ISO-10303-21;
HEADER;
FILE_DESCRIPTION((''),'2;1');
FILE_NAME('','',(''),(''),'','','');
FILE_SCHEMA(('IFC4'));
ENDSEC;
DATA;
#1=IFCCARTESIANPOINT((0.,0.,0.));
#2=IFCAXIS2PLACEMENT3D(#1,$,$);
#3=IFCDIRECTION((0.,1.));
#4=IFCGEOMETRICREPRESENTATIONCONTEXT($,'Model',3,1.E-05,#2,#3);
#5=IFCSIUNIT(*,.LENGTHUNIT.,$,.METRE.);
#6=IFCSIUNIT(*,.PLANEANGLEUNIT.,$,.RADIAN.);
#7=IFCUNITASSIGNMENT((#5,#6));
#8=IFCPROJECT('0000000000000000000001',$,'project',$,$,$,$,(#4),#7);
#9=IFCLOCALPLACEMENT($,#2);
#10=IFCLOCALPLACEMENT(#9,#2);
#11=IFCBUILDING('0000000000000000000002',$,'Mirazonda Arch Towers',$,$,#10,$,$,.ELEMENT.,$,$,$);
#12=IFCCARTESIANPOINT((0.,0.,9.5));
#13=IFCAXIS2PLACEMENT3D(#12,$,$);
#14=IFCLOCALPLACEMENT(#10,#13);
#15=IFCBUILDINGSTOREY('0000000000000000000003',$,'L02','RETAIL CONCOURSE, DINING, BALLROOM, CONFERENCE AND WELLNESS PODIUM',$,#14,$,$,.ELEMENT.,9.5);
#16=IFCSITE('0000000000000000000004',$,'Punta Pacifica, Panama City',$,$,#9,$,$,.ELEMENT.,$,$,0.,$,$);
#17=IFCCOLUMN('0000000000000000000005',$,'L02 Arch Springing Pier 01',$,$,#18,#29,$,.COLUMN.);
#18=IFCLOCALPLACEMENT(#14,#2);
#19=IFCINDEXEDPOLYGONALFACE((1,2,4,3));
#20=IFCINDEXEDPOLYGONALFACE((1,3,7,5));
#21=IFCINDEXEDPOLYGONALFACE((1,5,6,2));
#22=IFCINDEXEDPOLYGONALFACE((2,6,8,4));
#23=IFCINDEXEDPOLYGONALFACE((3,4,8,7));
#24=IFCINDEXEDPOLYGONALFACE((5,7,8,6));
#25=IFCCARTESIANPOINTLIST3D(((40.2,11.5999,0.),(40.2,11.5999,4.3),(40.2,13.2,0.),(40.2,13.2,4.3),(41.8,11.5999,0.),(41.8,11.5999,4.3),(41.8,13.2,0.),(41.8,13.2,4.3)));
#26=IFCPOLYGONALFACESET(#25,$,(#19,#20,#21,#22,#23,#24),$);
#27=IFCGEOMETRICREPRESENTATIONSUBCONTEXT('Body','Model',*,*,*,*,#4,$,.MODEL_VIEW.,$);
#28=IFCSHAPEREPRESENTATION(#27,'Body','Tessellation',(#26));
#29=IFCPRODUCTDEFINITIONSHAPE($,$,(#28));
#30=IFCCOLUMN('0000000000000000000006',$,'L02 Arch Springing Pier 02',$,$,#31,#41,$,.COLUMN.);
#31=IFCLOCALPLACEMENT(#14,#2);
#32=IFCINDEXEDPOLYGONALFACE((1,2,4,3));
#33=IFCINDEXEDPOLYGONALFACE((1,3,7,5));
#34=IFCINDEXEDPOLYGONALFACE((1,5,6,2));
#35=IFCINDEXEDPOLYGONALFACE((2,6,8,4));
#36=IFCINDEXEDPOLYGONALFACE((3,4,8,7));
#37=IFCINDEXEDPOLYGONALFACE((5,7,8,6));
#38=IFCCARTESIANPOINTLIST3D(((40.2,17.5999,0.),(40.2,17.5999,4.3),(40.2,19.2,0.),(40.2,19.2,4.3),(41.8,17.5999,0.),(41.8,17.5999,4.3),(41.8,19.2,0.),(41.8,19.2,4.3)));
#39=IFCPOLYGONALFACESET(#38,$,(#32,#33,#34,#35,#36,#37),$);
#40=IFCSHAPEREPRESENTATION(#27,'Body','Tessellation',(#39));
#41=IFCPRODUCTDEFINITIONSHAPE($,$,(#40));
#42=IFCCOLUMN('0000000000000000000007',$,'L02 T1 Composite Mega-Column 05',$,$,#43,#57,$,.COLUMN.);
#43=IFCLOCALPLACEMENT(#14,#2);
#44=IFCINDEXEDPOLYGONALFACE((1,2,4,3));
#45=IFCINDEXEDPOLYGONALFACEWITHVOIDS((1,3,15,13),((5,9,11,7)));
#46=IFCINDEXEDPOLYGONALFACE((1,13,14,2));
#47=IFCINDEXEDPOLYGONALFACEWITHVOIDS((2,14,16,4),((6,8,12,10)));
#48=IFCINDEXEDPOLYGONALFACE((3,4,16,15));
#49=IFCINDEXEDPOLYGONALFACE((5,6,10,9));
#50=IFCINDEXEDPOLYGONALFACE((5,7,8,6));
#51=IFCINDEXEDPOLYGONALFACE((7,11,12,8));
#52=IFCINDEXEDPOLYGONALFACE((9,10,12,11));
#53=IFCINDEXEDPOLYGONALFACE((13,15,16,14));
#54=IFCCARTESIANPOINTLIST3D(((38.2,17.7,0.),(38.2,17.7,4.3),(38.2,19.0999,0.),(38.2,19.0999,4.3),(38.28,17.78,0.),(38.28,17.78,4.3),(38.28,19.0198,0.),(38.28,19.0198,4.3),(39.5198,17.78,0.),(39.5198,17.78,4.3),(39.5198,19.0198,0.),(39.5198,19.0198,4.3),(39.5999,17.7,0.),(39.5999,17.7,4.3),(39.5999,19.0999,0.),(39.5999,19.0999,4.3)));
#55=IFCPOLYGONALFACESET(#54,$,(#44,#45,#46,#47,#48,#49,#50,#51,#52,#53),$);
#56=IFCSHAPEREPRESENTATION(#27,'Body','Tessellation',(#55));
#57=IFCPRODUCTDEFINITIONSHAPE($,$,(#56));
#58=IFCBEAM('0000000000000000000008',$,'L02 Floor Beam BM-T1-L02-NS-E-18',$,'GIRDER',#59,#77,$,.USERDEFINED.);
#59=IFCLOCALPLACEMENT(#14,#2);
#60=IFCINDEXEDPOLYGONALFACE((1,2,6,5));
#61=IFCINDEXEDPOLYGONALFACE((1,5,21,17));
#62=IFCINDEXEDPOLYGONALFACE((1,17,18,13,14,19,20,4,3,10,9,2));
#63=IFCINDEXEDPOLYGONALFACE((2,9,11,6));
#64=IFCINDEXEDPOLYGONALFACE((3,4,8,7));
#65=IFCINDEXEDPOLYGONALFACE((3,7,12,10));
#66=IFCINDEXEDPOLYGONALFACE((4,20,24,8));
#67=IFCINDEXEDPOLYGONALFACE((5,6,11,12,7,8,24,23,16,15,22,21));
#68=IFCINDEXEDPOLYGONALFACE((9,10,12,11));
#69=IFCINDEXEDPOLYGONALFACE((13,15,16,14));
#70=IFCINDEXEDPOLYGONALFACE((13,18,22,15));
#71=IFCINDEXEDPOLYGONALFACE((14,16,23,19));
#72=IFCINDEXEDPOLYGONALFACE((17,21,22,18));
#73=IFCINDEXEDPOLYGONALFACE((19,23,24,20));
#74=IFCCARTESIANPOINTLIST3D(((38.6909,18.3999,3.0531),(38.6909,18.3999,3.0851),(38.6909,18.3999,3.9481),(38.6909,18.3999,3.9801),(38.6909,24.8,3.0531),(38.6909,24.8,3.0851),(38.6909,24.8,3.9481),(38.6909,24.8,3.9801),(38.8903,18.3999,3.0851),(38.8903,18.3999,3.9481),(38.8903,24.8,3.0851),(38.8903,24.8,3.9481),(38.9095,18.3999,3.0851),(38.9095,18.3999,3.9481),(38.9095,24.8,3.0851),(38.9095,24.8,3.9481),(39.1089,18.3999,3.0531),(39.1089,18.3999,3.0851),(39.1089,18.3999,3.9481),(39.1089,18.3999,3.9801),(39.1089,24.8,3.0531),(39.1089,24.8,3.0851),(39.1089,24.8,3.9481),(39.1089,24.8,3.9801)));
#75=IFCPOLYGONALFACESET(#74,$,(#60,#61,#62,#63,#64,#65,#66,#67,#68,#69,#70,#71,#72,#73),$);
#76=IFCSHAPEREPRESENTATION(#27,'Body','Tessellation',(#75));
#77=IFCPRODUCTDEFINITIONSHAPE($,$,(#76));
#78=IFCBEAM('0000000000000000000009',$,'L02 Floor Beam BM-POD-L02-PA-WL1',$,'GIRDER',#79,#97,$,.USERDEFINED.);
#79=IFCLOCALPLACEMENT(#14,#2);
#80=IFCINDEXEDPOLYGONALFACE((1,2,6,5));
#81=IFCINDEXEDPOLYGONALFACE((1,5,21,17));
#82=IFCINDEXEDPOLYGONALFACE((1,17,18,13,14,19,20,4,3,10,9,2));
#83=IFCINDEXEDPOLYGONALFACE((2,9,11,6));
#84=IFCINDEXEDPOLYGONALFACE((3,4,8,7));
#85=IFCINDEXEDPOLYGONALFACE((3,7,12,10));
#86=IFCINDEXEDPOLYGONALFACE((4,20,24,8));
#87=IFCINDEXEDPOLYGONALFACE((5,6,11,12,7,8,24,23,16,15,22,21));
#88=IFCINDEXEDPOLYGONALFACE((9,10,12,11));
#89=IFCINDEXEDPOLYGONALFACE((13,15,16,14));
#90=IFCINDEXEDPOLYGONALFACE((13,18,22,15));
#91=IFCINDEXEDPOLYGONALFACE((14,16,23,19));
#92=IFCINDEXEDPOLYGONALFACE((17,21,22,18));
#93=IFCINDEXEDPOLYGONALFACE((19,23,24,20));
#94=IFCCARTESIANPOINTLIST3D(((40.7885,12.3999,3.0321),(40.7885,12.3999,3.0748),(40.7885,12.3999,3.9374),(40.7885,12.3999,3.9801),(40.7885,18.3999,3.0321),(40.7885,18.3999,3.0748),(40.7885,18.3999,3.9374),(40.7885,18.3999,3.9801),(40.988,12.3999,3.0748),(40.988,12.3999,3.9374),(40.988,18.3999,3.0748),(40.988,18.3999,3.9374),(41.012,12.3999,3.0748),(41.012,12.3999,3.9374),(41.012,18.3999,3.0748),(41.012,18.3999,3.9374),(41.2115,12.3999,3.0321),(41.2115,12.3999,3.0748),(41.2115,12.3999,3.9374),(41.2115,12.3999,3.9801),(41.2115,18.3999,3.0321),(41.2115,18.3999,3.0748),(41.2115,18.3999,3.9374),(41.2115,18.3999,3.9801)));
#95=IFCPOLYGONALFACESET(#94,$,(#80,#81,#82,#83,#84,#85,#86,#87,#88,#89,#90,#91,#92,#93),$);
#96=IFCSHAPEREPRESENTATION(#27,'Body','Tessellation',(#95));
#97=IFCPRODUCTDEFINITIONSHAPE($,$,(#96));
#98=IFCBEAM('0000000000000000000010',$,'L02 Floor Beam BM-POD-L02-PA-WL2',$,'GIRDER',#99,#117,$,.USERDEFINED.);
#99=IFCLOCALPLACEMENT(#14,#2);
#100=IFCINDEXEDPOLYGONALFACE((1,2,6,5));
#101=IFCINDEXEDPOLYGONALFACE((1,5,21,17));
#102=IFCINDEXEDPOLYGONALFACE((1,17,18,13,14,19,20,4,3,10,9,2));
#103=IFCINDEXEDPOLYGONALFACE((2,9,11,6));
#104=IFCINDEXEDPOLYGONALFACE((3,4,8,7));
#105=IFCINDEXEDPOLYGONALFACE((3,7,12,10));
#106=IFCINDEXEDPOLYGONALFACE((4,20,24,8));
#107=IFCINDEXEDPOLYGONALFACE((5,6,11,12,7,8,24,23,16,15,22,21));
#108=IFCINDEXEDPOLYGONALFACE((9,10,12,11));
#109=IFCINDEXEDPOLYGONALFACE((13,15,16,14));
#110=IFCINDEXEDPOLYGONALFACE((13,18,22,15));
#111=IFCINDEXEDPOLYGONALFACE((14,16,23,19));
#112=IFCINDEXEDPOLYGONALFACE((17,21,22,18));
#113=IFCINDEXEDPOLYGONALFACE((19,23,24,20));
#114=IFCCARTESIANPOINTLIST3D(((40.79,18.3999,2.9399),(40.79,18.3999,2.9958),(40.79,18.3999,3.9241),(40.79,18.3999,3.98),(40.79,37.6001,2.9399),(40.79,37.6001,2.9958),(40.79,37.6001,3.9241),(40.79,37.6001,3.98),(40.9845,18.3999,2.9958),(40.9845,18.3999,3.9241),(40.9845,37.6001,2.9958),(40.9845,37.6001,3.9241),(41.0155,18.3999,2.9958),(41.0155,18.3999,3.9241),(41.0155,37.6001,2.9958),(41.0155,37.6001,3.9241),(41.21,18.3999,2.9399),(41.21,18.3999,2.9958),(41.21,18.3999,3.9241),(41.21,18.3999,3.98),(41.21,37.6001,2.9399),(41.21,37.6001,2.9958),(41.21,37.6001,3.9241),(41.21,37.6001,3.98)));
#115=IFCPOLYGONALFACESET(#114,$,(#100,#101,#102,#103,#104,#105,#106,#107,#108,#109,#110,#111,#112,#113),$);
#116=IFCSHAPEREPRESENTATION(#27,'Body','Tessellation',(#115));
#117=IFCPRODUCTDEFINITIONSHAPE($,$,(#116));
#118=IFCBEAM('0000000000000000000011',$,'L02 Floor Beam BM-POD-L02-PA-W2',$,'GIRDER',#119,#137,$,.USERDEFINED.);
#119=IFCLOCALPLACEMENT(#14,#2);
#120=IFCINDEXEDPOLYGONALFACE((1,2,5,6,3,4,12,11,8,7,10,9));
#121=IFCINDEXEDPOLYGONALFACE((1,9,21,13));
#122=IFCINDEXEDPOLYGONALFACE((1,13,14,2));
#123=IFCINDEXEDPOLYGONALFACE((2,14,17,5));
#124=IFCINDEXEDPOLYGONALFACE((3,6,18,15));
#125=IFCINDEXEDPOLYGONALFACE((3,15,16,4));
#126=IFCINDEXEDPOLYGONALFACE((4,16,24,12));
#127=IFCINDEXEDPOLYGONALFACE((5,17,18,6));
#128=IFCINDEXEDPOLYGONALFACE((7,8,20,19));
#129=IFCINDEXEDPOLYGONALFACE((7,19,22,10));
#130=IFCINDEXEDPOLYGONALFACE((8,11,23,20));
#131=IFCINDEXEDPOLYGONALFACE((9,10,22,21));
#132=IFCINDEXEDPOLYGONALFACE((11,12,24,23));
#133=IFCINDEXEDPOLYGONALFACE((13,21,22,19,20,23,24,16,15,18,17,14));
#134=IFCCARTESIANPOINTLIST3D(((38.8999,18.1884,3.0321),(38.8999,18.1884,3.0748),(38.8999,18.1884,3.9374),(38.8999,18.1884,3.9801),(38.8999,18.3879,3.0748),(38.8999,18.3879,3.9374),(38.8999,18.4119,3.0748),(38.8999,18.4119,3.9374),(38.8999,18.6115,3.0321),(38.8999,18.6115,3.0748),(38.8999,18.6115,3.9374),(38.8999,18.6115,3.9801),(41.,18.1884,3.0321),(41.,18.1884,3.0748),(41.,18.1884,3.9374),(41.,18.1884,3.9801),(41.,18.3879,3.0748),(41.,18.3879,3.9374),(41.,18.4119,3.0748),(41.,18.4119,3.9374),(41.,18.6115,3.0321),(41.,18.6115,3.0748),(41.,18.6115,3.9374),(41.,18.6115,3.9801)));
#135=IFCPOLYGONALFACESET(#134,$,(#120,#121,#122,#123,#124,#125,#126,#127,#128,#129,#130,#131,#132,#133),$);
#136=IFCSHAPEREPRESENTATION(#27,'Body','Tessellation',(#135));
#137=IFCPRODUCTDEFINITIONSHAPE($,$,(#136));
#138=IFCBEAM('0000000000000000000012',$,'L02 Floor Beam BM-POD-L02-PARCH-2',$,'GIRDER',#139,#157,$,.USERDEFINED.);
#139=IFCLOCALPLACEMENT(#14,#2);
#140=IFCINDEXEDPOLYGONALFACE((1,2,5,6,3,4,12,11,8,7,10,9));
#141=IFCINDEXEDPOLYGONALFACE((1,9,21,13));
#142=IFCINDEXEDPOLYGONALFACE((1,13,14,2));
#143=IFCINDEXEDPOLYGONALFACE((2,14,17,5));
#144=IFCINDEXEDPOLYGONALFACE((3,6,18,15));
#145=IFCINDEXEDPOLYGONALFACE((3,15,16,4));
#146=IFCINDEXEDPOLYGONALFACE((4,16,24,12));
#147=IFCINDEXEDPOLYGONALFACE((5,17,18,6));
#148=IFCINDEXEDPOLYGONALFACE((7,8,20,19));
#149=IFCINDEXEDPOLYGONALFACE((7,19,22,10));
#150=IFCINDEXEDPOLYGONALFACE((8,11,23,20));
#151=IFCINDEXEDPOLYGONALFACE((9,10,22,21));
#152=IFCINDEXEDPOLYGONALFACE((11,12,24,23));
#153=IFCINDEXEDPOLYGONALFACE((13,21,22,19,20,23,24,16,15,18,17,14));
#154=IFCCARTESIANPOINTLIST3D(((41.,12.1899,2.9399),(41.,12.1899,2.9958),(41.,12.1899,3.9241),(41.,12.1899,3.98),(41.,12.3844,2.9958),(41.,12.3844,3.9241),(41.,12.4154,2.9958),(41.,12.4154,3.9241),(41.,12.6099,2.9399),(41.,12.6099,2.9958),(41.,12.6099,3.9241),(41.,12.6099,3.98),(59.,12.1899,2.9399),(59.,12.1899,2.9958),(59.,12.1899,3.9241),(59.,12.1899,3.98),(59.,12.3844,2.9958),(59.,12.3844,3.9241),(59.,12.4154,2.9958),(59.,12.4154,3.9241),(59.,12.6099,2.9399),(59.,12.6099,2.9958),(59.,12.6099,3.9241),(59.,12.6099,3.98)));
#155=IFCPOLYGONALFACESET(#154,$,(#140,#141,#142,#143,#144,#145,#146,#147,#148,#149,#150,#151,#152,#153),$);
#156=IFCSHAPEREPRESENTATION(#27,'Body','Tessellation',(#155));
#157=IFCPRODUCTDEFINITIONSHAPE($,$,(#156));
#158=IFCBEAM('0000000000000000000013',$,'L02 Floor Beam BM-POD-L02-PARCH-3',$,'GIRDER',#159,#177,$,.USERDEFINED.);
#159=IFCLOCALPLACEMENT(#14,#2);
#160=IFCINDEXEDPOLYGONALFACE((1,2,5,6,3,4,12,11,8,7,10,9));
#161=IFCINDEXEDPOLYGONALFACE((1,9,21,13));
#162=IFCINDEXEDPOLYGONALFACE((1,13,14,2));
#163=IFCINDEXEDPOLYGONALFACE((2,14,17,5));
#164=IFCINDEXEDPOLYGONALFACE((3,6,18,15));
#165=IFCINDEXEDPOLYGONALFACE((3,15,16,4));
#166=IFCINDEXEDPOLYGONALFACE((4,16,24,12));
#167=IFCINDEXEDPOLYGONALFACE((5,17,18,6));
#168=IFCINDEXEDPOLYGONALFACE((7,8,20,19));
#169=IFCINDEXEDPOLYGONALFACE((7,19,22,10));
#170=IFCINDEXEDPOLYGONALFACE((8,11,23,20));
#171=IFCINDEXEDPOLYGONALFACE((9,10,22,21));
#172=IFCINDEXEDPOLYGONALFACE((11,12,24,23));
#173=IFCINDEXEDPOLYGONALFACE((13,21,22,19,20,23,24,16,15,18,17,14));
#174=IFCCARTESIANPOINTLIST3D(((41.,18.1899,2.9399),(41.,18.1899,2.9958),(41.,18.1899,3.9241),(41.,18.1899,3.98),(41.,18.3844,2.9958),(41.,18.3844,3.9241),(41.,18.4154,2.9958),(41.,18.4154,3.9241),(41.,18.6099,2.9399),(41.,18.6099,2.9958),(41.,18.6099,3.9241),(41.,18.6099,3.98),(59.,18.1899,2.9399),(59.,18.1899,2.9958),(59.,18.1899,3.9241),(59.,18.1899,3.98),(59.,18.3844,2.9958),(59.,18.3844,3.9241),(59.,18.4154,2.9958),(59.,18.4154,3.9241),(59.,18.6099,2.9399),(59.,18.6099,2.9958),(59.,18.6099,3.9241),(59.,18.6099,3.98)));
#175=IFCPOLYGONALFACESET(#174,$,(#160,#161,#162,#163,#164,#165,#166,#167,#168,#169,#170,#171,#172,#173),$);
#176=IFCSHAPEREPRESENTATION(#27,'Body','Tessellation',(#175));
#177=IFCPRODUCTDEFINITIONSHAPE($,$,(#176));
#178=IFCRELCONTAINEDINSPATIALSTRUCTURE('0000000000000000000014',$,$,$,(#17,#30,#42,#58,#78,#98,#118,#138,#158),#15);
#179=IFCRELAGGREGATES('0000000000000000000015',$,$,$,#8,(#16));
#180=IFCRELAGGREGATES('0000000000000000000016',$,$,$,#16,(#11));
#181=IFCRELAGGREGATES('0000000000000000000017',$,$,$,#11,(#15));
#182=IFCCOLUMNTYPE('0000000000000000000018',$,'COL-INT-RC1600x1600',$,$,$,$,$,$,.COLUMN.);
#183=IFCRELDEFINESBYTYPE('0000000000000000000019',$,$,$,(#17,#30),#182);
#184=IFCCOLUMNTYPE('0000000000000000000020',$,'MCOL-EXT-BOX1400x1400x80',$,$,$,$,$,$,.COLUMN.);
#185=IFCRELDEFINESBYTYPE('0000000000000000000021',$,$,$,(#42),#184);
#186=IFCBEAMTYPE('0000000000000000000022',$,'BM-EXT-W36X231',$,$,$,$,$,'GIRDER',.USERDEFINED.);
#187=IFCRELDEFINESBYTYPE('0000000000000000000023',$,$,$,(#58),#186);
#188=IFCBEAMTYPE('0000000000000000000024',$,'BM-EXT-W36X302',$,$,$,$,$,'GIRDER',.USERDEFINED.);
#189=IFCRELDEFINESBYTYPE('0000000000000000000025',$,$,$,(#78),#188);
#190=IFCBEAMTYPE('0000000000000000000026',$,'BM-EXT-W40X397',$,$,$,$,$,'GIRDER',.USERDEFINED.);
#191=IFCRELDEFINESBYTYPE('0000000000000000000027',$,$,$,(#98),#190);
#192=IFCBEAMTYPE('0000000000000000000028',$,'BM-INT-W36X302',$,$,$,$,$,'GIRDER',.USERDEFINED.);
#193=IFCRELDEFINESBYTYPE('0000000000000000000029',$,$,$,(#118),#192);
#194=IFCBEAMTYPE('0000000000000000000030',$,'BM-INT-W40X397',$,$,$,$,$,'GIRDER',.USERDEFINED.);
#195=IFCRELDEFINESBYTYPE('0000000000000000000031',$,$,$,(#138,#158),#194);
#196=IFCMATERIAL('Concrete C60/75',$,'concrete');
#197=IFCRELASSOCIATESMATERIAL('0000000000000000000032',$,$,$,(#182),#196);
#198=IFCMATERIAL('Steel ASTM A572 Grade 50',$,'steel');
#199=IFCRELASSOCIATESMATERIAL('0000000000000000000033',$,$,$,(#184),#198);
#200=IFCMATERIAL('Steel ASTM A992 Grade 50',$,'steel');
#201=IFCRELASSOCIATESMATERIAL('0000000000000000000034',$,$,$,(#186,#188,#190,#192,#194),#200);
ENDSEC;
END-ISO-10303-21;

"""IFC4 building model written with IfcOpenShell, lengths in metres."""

from ifc_helpers import new_model, si_unit, direction, frame, origin, origin_2d, place, context, subcontext, project, spatial, rectangle, hollow_rectangle, i_section, extrude, material, material_profile, profile_set, type_object, element, save


model = new_model("IFC4")

# Units and contexts
model_context = context("Model", 3, precision=1e-05, world=origin(), true_north=direction((0.0, 1.0)))
body_context = subcontext(model_context, "Body", "Model", "MODEL_VIEW")
ifc_project = project(units=[si_unit("LENGTHUNIT", "METRE"), si_unit("PLANEANGLEUNIT", "RADIAN")], contexts=[model_context])

# Site, building, storey
site_placement = place(None, origin())
site = spatial("IfcSite", under=ifc_project, at=site_placement, Name="Punta Pacifica, Panama City", CompositionType="ELEMENT", RefElevation=0.0)
building_placement = place(site_placement, origin())
building = spatial("IfcBuilding", under=site, at=building_placement, Name="Mirazonda Arch Towers", CompositionType="ELEMENT")
storey_placement = place(building_placement, frame((0.0, 0.0, 9.5)))
storey = spatial("IfcBuildingStorey", under=building, at=storey_placement, Name="L02", Description="RETAIL CONCOURSE, DINING, BALLROOM, CONFERENCE AND WELLNESS PODIUM", CompositionType="ELEMENT", Elevation=9.5)

# Columns
ifc_material_1 = material(Name="Concrete C60/75", Category="concrete")
ifc_material_profile_1 = material_profile(ifc_material_1, rectangle(XDim=1.6001, YDim=1.6001, at=origin_2d()), Name="RC1600x1600")
ifc_profile_set_1 = profile_set([ifc_material_profile_1], Name="Concrete C60/75")
column_type_1 = type_object("IfcColumnType", Name="COL-INT-RC1600x1600", PredefinedType="COLUMN", material=ifc_profile_set_1)
for number, where, z_axis, x_axis, name in (
    (1, (41.0, 12.3999, 0.0), (0.0, 0.0, 1.0), (1.0, 0.0, 0.0), "L02 Arch Springing Pier 01"),
    (2, (41.0, 18.3999, 0.0), (0.0, 0.0, 1.0), (1.0, 0.0, 0.0), "L02 Arch Springing Pier 02"),
):
    element("IfcColumn", number, at=place(storey_placement, frame(where, z_axis=z_axis, x_axis=x_axis)), inside=storey, type_object=column_type_1, Name=name, PredefinedType="COLUMN", context=body_context, shape_type="SweptSolid", body=[
        extrude(rectangle(XDim=1.6001, YDim=1.6001, at=origin_2d()), origin(), (0.0, 0.0, 1.0), 4.3),
    ])
ifc_material_2 = material(Name="Steel ASTM A572 Grade 50", Category="steel")
ifc_material_profile_2 = material_profile(ifc_material_2, hollow_rectangle(XDim=1.3999, YDim=1.3999, WallThickness=0.0801, at=origin_2d()), Name="BOX1400x1400x80")
ifc_profile_set_2 = profile_set([ifc_material_profile_2], Name="Steel ASTM A572 Grade 50")
column_type_2 = type_object("IfcColumnType", Name="MCOL-EXT-BOX1400x1400x80", PredefinedType="COLUMN", material=ifc_profile_set_2)
column_placement = place(storey_placement, frame((38.8999, 18.3999, 0.0), z_axis=(0.0, 0.0, 1.0), x_axis=(1.0, 0.0, 0.0)))
element("IfcColumn", 3, at=column_placement, inside=storey, type_object=column_type_2, Name="L02 T1 Composite Mega-Column 05", PredefinedType="COLUMN", context=body_context, shape_type="SweptSolid", body=[
    extrude(hollow_rectangle(XDim=1.3999, YDim=1.3999, WallThickness=0.0801, at=origin_2d()), origin(), (0.0, 0.0, 1.0), 4.3),
])

# Beams
ifc_material_3 = material(Name="Steel ASTM A992 Grade 50", Category="steel")
ifc_material_profile_3 = material_profile(ifc_material_3, i_section(OverallWidth=0.418, OverallDepth=0.927, WebThickness=0.0193, FlangeThickness=0.032, at=origin_2d()), Name="W36X231")
ifc_profile_set_3 = profile_set([ifc_material_profile_3], Name="Steel ASTM A992 Grade 50")
beam_type_1 = type_object("IfcBeamType", Name="BM-EXT-W36X231", ElementType="GIRDER", PredefinedType="USERDEFINED", material=ifc_profile_set_3)
beam_1_placement = place(storey_placement, frame((38.8999, 18.3999, 3.5166), z_axis=(0.0, 1.0, 0.0), x_axis=(-1.0, 0.0, 0.0)))
element("IfcBeam", 4, at=beam_1_placement, inside=storey, type_object=beam_type_1, Name="L02 Floor Beam BM-T1-L02-NS-E-18", ObjectType="GIRDER", PredefinedType="USERDEFINED", context=body_context, shape_type="SweptSolid", body=[
    extrude(i_section(OverallWidth=0.418, OverallDepth=0.927, WebThickness=0.0193, FlangeThickness=0.032, at=origin_2d()), origin(), (0.0, 0.0, 1.0), 6.4001),
])
ifc_material_profile_4 = material_profile(ifc_material_3, i_section(OverallWidth=0.4231, OverallDepth=0.948, WebThickness=0.0239, FlangeThickness=0.0427, at=origin_2d()), Name="W36X302")
ifc_profile_set_4 = profile_set([ifc_material_profile_4], Name="Steel ASTM A992 Grade 50")
beam_type_2 = type_object("IfcBeamType", Name="BM-EXT-W36X302", ElementType="GIRDER", PredefinedType="USERDEFINED", material=ifc_profile_set_4)
beam_2_placement = place(storey_placement, frame((41.0, 12.3999, 3.5061), z_axis=(0.0, 1.0, 0.0), x_axis=(-1.0, 0.0, 0.0)))
element("IfcBeam", 5, at=beam_2_placement, inside=storey, type_object=beam_type_2, Name="L02 Floor Beam BM-POD-L02-PA-WL1", ObjectType="GIRDER", PredefinedType="USERDEFINED", context=body_context, shape_type="SweptSolid", body=[
    extrude(i_section(OverallWidth=0.4231, OverallDepth=0.948, WebThickness=0.0239, FlangeThickness=0.0427, at=origin_2d()), origin(), (0.0, 0.0, 1.0), 6.0),
])
ifc_material_profile_5 = material_profile(ifc_material_3, i_section(OverallWidth=0.4199, OverallDepth=1.04, WebThickness=0.031, FlangeThickness=0.0559, at=origin_2d()), Name="W40X397")
ifc_profile_set_5 = profile_set([ifc_material_profile_5], Name="Steel ASTM A992 Grade 50")
beam_type_3 = type_object("IfcBeamType", Name="BM-EXT-W40X397", ElementType="GIRDER", PredefinedType="USERDEFINED", material=ifc_profile_set_5)
beam_3_placement = place(storey_placement, frame((41.0, 18.3999, 3.46), z_axis=(0.0, 1.0, 0.0), x_axis=(-1.0, 0.0, 0.0)))
element("IfcBeam", 6, at=beam_3_placement, inside=storey, type_object=beam_type_3, Name="L02 Floor Beam BM-POD-L02-PA-WL2", ObjectType="GIRDER", PredefinedType="USERDEFINED", context=body_context, shape_type="SweptSolid", body=[
    extrude(i_section(OverallWidth=0.4199, OverallDepth=1.04, WebThickness=0.031, FlangeThickness=0.0559, at=origin_2d()), origin(), (0.0, 0.0, 1.0), 19.2002),
])
ifc_material_profile_6 = material_profile(ifc_material_3, i_section(OverallWidth=0.4231, OverallDepth=0.948, WebThickness=0.0239, FlangeThickness=0.0427, at=origin_2d()), Name="W36X302")
ifc_profile_set_6 = profile_set([ifc_material_profile_6], Name="Steel ASTM A992 Grade 50")
beam_type_4 = type_object("IfcBeamType", Name="BM-INT-W36X302", ElementType="GIRDER", PredefinedType="USERDEFINED", material=ifc_profile_set_6)
beam_4_placement = place(storey_placement, frame((38.8999, 18.3999, 3.5061), z_axis=(1.0, 0.0, 0.0), x_axis=(0.0, 1.0, 0.0)))
element("IfcBeam", 7, at=beam_4_placement, inside=storey, type_object=beam_type_4, Name="L02 Floor Beam BM-POD-L02-PA-W2", ObjectType="GIRDER", PredefinedType="USERDEFINED", context=body_context, shape_type="SweptSolid", body=[
    extrude(i_section(OverallWidth=0.4231, OverallDepth=0.948, WebThickness=0.0239, FlangeThickness=0.0427, at=origin_2d()), origin(), (0.0, 0.0, 1.0), 2.1001),
])
ifc_material_profile_7 = material_profile(ifc_material_3, i_section(OverallWidth=0.4199, OverallDepth=1.04, WebThickness=0.031, FlangeThickness=0.0559, at=origin_2d()), Name="W40X397")
ifc_profile_set_7 = profile_set([ifc_material_profile_7], Name="Steel ASTM A992 Grade 50")
beam_type_5 = type_object("IfcBeamType", Name="BM-INT-W40X397", ElementType="GIRDER", PredefinedType="USERDEFINED", material=ifc_profile_set_7)
for number, where, z_axis, x_axis, name in (
    (8, (41.0, 12.3999, 3.46), (1.0, 0.0, 0.0), (0.0, 1.0, 0.0), "L02 Floor Beam BM-POD-L02-PARCH-2"),
    (9, (41.0, 18.3999, 3.46), (1.0, 0.0, 0.0), (0.0, 1.0, 0.0), "L02 Floor Beam BM-POD-L02-PARCH-3"),
):
    element("IfcBeam", number, at=place(storey_placement, frame(where, z_axis=z_axis, x_axis=x_axis)), inside=storey, type_object=beam_type_5, Name=name, ObjectType="GIRDER", PredefinedType="USERDEFINED", context=body_context, shape_type="SweptSolid", body=[
        extrude(i_section(OverallWidth=0.4199, OverallDepth=1.04, WebThickness=0.031, FlangeThickness=0.0559, at=origin_2d()), origin(), (0.0, 0.0, 1.0), 18.0),
    ])

save(model, "model.ifc")
